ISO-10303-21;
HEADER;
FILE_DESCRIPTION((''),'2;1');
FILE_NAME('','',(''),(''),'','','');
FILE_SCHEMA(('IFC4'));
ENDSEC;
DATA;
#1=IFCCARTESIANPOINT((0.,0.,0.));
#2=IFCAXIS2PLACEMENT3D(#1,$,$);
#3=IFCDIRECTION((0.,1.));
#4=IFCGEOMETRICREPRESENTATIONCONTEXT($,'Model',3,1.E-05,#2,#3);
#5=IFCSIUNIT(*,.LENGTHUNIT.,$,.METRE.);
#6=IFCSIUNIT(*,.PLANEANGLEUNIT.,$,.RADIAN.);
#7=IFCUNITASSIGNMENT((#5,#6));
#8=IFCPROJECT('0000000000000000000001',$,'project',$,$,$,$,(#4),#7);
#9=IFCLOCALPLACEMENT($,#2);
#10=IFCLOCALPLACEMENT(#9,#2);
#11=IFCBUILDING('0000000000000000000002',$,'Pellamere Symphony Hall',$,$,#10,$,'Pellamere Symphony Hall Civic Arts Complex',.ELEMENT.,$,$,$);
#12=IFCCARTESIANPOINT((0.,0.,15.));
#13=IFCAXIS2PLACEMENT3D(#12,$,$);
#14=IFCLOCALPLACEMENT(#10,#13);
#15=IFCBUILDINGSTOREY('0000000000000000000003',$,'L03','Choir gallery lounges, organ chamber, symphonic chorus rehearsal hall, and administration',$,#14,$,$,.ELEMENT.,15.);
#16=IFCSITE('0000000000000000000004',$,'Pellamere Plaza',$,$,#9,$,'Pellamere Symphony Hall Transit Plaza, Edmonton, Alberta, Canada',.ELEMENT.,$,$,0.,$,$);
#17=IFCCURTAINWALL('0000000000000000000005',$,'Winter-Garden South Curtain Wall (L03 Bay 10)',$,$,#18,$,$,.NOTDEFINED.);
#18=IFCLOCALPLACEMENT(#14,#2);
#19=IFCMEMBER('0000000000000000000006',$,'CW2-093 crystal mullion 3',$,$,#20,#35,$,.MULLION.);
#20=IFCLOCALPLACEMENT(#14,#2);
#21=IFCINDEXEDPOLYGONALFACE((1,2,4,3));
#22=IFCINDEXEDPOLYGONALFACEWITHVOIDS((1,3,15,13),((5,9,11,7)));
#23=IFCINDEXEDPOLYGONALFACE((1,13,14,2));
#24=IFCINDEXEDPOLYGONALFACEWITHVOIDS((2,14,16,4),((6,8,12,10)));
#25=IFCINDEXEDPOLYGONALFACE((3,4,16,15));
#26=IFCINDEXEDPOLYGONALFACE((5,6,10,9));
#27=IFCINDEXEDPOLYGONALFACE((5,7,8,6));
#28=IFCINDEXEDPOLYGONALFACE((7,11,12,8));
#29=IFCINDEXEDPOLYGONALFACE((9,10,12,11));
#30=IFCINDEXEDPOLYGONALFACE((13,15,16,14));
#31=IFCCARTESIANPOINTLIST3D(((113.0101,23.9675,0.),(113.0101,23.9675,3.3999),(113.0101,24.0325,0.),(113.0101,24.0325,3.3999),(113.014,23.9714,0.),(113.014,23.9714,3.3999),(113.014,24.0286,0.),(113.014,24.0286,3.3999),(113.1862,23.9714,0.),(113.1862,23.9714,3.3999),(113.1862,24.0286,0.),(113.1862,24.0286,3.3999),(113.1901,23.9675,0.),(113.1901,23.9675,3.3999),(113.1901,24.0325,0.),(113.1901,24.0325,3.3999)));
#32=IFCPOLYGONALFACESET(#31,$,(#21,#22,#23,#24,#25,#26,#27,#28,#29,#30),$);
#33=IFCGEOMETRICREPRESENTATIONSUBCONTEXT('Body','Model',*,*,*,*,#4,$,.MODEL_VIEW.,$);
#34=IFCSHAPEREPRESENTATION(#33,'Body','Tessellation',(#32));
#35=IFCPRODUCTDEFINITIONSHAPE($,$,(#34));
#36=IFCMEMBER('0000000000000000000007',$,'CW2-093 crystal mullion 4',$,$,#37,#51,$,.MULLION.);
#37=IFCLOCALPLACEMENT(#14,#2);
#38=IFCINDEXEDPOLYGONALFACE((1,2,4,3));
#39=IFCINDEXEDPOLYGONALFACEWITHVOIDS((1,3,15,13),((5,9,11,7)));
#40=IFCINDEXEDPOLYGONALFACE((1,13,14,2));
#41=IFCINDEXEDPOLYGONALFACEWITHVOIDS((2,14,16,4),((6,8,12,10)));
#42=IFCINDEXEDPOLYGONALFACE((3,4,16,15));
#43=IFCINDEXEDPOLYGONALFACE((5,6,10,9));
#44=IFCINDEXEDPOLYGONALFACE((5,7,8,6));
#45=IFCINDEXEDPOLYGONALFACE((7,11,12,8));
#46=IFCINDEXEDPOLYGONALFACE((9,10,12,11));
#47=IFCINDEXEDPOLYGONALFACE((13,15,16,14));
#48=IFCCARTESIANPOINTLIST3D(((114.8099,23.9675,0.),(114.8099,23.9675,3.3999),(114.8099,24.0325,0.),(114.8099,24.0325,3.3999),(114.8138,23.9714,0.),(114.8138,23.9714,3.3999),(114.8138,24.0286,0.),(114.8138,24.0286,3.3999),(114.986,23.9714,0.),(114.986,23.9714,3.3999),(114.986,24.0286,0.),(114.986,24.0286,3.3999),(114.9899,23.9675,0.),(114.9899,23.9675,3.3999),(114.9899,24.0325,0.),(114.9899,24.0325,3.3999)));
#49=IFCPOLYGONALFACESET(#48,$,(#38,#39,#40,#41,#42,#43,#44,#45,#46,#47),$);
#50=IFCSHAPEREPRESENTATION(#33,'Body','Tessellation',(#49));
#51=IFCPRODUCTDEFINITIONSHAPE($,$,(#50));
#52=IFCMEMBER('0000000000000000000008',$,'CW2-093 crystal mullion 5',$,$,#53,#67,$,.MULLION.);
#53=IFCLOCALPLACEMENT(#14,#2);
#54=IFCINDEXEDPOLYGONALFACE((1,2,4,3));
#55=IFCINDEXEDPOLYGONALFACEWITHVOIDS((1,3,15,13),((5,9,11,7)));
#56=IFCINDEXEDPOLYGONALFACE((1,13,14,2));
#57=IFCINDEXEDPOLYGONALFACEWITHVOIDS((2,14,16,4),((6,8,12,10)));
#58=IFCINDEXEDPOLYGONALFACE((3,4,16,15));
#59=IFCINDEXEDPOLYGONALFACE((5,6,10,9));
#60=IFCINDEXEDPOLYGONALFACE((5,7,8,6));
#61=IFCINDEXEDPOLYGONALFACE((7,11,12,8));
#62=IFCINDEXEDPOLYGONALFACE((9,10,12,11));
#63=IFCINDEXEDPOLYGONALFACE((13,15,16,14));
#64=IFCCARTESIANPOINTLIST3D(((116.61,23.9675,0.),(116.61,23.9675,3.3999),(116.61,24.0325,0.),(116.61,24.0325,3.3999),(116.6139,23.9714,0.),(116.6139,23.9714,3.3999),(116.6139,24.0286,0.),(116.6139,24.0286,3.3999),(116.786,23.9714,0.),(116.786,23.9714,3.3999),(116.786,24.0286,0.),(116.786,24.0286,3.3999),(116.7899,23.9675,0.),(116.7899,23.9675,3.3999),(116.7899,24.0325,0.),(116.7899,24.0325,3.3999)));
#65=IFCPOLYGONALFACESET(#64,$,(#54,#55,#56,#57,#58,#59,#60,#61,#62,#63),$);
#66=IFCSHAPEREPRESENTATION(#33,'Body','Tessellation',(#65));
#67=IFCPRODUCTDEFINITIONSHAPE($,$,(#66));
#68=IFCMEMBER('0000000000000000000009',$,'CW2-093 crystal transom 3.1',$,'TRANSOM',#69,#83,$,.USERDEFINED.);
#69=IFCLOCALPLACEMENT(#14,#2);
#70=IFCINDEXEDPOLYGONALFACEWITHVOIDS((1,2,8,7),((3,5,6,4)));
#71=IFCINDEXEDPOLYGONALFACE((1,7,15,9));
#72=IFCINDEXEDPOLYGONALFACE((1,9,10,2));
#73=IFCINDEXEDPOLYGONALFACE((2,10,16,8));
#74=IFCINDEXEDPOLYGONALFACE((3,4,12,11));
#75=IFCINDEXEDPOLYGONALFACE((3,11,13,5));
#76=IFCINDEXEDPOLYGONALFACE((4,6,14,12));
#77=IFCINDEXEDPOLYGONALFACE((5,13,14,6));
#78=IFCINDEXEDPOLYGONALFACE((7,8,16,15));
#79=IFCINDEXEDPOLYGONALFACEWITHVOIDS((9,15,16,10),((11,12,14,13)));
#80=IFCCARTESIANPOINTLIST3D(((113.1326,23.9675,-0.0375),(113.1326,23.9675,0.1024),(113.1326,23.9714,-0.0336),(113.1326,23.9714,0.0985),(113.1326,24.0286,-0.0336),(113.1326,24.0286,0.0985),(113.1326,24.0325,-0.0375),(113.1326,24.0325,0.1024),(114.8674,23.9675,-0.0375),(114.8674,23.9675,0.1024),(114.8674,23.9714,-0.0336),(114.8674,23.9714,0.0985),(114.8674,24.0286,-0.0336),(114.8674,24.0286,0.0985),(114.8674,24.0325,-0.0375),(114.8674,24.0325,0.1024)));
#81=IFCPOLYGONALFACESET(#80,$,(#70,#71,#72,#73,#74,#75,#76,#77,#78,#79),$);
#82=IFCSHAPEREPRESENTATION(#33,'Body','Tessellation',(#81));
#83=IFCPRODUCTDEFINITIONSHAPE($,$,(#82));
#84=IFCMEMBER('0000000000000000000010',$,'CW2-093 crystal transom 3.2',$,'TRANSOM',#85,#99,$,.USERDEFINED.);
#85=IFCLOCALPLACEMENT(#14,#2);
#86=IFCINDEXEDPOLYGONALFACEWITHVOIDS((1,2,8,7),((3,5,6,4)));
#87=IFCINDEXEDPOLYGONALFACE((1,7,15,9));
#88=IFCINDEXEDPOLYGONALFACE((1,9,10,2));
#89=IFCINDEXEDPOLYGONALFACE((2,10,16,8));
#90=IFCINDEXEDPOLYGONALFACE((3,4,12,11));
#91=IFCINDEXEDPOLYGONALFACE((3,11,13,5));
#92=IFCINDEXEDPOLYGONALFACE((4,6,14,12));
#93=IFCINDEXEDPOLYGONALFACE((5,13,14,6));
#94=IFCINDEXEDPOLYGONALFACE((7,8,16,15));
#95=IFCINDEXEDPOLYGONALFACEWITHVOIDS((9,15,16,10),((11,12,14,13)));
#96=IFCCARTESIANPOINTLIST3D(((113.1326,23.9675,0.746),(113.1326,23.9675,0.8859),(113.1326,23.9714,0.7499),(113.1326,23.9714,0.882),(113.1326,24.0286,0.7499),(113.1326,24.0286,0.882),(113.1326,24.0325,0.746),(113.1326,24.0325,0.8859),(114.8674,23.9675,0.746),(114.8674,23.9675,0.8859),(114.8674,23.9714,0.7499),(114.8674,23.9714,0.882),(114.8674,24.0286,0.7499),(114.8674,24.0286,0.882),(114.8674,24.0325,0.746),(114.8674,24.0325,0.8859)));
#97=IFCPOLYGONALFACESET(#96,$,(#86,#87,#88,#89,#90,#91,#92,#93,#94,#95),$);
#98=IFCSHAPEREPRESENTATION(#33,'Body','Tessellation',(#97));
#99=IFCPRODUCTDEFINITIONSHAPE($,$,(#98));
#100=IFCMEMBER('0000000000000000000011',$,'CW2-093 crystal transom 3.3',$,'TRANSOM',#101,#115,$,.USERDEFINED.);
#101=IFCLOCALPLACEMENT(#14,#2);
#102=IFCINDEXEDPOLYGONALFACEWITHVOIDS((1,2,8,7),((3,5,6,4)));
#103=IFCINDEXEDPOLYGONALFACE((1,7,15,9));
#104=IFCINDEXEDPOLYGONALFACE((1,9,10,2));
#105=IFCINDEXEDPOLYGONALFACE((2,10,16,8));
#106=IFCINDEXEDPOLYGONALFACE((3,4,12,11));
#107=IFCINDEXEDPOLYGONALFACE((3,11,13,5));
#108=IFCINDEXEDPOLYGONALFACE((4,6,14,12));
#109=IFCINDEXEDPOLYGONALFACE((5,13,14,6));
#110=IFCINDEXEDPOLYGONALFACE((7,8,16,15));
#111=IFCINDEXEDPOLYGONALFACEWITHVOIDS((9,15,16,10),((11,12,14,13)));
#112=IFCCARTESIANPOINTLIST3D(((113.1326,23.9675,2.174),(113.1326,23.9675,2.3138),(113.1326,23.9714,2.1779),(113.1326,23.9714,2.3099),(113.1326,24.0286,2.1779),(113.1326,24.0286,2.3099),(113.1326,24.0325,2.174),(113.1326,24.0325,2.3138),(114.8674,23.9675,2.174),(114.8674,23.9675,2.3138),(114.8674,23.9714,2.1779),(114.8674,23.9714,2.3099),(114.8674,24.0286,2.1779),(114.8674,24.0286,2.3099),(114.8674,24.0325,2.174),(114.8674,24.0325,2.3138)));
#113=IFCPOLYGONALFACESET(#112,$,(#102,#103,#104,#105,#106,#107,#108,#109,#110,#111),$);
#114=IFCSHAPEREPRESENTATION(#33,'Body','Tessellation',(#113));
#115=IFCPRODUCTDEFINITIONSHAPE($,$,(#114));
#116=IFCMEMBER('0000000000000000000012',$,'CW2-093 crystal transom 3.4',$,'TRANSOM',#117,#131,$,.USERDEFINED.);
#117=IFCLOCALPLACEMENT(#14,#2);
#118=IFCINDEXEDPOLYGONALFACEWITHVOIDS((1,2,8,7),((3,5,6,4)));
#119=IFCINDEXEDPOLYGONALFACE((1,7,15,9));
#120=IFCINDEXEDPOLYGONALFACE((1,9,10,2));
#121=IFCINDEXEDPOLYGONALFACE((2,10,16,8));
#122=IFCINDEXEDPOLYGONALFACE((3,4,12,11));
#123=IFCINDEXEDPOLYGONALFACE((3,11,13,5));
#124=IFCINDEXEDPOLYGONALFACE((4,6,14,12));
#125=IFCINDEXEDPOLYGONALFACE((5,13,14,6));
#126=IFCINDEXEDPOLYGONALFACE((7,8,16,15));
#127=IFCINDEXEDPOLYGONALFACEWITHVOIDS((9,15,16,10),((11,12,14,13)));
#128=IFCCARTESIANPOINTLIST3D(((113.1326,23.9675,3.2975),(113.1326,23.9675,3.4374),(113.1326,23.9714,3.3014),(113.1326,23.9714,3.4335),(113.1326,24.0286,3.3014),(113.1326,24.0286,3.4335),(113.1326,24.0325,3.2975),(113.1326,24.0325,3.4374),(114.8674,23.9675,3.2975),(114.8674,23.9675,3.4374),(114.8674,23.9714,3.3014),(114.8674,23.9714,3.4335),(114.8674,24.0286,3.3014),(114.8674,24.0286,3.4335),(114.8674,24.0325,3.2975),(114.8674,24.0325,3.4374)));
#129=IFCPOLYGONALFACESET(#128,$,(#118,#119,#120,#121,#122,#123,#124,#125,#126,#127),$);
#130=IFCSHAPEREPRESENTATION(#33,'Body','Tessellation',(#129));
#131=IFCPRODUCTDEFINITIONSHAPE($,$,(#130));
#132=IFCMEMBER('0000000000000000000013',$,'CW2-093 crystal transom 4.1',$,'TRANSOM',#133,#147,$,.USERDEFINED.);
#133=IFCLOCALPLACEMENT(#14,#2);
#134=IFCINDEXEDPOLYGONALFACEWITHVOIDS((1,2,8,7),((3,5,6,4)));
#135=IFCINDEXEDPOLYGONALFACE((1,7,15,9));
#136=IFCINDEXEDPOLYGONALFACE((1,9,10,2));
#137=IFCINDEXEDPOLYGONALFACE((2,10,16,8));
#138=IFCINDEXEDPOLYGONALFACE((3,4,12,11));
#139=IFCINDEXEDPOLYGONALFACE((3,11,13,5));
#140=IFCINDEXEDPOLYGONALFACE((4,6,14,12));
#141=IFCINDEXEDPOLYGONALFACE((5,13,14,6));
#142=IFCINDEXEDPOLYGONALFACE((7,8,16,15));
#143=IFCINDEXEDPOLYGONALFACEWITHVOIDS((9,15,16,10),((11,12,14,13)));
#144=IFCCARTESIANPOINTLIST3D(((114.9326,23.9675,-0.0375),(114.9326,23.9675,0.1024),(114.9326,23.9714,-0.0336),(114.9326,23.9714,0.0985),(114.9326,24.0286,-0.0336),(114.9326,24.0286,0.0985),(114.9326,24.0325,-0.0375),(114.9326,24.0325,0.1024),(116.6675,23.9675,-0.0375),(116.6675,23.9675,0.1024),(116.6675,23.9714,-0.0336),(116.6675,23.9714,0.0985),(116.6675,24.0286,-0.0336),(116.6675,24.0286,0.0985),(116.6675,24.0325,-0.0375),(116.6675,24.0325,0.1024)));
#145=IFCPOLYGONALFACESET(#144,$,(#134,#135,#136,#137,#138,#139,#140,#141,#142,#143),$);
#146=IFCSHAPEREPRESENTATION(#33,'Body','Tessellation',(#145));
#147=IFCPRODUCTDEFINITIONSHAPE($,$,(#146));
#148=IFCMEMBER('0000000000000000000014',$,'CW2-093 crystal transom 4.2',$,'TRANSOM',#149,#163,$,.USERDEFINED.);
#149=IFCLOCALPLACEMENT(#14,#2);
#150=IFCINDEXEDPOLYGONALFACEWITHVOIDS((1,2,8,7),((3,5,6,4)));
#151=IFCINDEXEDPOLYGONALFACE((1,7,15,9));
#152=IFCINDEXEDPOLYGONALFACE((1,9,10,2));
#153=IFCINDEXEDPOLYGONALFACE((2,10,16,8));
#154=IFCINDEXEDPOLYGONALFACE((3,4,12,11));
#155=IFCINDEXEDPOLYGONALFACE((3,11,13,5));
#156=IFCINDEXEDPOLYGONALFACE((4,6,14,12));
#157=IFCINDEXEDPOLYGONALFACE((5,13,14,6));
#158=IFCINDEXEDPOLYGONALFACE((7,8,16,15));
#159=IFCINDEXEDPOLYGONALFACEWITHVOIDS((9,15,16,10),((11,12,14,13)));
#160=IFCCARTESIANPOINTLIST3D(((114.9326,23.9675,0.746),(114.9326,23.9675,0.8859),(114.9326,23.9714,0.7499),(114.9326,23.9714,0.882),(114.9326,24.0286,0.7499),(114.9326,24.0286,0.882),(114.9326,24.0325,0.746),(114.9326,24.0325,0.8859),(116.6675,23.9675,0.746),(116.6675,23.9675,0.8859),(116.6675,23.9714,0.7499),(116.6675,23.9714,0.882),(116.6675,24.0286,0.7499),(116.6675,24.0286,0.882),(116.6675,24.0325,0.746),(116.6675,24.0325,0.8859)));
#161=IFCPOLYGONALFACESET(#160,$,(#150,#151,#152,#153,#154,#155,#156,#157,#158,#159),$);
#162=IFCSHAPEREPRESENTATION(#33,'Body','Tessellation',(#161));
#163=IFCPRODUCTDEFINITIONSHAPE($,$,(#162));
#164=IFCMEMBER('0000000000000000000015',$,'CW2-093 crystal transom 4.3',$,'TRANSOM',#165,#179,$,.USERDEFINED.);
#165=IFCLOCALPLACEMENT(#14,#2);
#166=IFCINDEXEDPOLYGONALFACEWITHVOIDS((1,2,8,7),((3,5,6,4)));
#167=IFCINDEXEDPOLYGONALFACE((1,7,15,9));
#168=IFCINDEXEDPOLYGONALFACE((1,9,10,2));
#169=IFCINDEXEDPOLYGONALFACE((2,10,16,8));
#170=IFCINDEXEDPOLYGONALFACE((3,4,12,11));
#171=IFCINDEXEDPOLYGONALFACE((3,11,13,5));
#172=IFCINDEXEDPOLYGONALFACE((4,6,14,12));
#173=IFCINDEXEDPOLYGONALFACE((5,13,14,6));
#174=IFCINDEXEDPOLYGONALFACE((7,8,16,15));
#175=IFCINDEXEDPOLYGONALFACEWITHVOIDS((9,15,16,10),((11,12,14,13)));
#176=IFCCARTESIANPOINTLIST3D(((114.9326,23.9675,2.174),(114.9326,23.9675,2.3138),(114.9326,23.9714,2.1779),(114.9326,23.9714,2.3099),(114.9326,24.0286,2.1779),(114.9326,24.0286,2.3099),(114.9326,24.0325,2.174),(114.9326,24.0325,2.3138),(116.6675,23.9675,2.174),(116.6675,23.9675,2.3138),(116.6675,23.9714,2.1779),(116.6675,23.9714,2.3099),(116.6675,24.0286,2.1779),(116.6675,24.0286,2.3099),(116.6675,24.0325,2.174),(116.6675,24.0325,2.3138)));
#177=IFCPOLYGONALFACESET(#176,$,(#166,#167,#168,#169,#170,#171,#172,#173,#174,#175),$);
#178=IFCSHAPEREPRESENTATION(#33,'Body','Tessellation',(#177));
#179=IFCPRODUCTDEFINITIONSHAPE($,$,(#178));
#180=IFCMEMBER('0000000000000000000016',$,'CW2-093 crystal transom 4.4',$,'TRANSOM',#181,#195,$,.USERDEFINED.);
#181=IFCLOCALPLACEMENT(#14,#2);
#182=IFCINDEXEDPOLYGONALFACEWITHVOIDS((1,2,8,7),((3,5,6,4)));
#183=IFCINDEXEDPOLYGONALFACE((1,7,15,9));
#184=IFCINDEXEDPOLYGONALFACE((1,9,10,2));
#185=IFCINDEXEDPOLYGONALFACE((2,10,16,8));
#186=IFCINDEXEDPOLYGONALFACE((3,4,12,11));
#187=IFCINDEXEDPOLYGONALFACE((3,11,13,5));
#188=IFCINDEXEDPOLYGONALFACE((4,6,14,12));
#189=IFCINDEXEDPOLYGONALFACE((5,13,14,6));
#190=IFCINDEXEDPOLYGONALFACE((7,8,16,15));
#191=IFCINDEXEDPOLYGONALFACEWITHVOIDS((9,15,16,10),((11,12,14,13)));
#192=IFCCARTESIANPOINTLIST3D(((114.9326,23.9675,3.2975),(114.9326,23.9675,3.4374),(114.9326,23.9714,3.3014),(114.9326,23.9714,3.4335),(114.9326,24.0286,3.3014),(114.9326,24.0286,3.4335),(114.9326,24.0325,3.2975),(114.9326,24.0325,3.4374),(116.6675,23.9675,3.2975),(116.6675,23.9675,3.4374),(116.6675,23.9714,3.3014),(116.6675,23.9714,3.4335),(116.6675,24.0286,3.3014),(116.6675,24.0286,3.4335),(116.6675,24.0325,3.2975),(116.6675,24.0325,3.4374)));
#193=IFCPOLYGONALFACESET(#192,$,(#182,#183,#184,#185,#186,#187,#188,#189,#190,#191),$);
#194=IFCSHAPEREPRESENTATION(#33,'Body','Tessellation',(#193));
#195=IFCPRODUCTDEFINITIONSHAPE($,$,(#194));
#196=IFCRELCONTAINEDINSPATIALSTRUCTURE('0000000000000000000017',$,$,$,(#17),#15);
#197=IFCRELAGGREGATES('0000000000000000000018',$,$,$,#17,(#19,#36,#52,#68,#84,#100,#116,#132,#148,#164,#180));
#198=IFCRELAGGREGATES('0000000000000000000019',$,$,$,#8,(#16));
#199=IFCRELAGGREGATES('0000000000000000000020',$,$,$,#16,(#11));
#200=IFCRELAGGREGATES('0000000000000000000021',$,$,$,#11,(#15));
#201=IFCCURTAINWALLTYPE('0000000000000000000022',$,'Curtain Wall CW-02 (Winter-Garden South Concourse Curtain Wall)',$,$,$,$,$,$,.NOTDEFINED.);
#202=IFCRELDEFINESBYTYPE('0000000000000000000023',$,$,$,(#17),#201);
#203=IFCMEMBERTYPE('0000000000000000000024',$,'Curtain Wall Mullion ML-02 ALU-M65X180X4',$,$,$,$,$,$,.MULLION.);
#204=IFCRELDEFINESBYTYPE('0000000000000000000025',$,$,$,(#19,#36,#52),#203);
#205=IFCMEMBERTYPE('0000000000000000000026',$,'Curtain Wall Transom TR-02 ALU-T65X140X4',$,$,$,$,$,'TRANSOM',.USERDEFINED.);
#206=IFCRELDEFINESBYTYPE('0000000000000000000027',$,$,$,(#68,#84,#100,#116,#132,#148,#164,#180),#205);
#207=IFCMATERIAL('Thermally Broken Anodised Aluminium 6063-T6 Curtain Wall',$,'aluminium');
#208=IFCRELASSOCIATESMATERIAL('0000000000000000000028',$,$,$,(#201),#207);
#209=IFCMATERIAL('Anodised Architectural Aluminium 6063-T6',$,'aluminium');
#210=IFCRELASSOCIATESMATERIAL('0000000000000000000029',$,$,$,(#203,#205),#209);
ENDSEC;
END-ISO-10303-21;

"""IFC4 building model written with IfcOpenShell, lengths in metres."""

from ifc_helpers import new_model, si_unit, direction, frame, origin, origin_2d, place, context, subcontext, project, spatial, hollow_rectangle, extrude, material, material_profile, profile_set, type_object, element, aggregate, save


model = new_model("IFC4")

# Units and contexts
model_context = context("Model", 3, precision=1e-05, world=origin(), true_north=direction((0.0, 1.0)))
body_context = subcontext(model_context, "Body", "Model", "MODEL_VIEW")
ifc_project = project(units=[si_unit("LENGTHUNIT", "METRE"), si_unit("PLANEANGLEUNIT", "RADIAN")], contexts=[model_context])

# Site, building, storey
site_placement = place(None, origin())
site = spatial("IfcSite", under=ifc_project, at=site_placement, Name="Pellamere Plaza", LongName="Pellamere Symphony Hall Transit Plaza, Edmonton, Alberta, Canada", CompositionType="ELEMENT", RefElevation=0.0)
building_placement = place(site_placement, origin())
building = spatial("IfcBuilding", under=site, at=building_placement, Name="Pellamere Symphony Hall", LongName="Pellamere Symphony Hall Civic Arts Complex", CompositionType="ELEMENT")
storey_placement = place(building_placement, frame((0.0, 0.0, 15.0)))
storey = spatial("IfcBuildingStorey", under=building, at=storey_placement, Name="L03", Description="Choir gallery lounges, organ chamber, symphonic chorus rehearsal hall, and administration", CompositionType="ELEMENT", Elevation=15.0)

# Curtain wall, members
ifc_material_1 = material(Name="Thermally Broken Anodised Aluminium 6063-T6 Curtain Wall", Category="aluminium")
curtain_wall_type = type_object("IfcCurtainWallType", Name="Curtain Wall CW-02 (Winter-Garden South Concourse Curtain Wall)", PredefinedType="NOTDEFINED", material=ifc_material_1)
curtain_wall_placement = place(storey_placement, origin())
curtain_wall = element("IfcCurtainWall", 1, at=curtain_wall_placement, inside=storey, type_object=curtain_wall_type, Name="Winter-Garden South Curtain Wall (L03 Bay 10)", PredefinedType="NOTDEFINED")
ifc_material_2 = material(Name="Anodised Architectural Aluminium 6063-T6", Category="aluminium")
ifc_material_profile_1 = material_profile(ifc_material_2, hollow_rectangle(XDim=0.0649, YDim=0.1799, WallThickness=0.0039, at=origin_2d()), Name="ALU-M65X180X4")
ifc_profile_set_1 = profile_set([ifc_material_profile_1], Name="Anodised Architectural Aluminium 6063-T6")
member_type_1 = type_object("IfcMemberType", Name="Curtain Wall Mullion ML-02 ALU-M65X180X4", PredefinedType="MULLION", material=ifc_profile_set_1)
member_1_placement = place(storey_placement, frame((113.1001, 24.0, 0.0), z_axis=(0.0, 0.0, 1.0), x_axis=(0.0, 1.0, 0.0)))
member_1 = element("IfcMember", 2, at=member_1_placement, type_object=member_type_1, Name="CW2-093 crystal mullion 3", PredefinedType="MULLION", context=body_context, shape_type="SweptSolid", body=[
    extrude(hollow_rectangle(XDim=0.0649, YDim=0.1799, WallThickness=0.0039, at=origin_2d()), origin(), (0.0, 0.0, 1.0), 3.3999),
])
member_2_placement = place(storey_placement, frame((114.8999, 24.0, 0.0), z_axis=(0.0, 0.0, 1.0), x_axis=(0.0, 1.0, 0.0)))
member_2 = element("IfcMember", 3, at=member_2_placement, type_object=member_type_1, Name="CW2-093 crystal mullion 4", PredefinedType="MULLION", context=body_context, shape_type="SweptSolid", body=[
    extrude(hollow_rectangle(XDim=0.0649, YDim=0.1799, WallThickness=0.0039, at=origin_2d()), origin(), (0.0, 0.0, 1.0), 3.3999),
])
member_3_placement = place(storey_placement, frame((116.7, 24.0, 0.0), z_axis=(0.0, 0.0, 1.0), x_axis=(0.0, 1.0, 0.0)))
member_3 = element("IfcMember", 4, at=member_3_placement, type_object=member_type_1, Name="CW2-093 crystal mullion 5", PredefinedType="MULLION", context=body_context, shape_type="SweptSolid", body=[
    extrude(hollow_rectangle(XDim=0.0649, YDim=0.1799, WallThickness=0.0039, at=origin_2d()), origin(), (0.0, 0.0, 1.0), 3.3999),
])
ifc_material_profile_2 = material_profile(ifc_material_2, hollow_rectangle(XDim=0.0649, YDim=0.1399, WallThickness=0.0039, at=origin_2d()), Name="ALU-T65X140X4")
ifc_profile_set_2 = profile_set([ifc_material_profile_2], Name="Anodised Architectural Aluminium 6063-T6")
member_type_2 = type_object("IfcMemberType", Name="Curtain Wall Transom TR-02 ALU-T65X140X4", ElementType="TRANSOM", PredefinedType="USERDEFINED", material=ifc_profile_set_2)
member_4_placement = place(storey_placement, frame((113.1326, 24.0, 0.0325), z_axis=(1.0, 0.0, 0.0), x_axis=(0.0, 1.0, 0.0)))
member_4 = element("IfcMember", 5, at=member_4_placement, type_object=member_type_2, Name="CW2-093 crystal transom 3.1", ObjectType="TRANSOM", PredefinedType="USERDEFINED", context=body_context, shape_type="SweptSolid", body=[
    extrude(hollow_rectangle(XDim=0.0649, YDim=0.1399, WallThickness=0.0039, at=origin_2d()), origin(), (0.0, 0.0, 1.0), 1.7349),
])
member_5_placement = place(storey_placement, frame((113.1326, 24.0, 0.8159), z_axis=(1.0, 0.0, 0.0), x_axis=(0.0, 1.0, 0.0)))
member_5 = element("IfcMember", 6, at=member_5_placement, type_object=member_type_2, Name="CW2-093 crystal transom 3.2", ObjectType="TRANSOM", PredefinedType="USERDEFINED", context=body_context, shape_type="SweptSolid", body=[
    extrude(hollow_rectangle(XDim=0.0649, YDim=0.1399, WallThickness=0.0039, at=origin_2d()), origin(), (0.0, 0.0, 1.0), 1.7349),
])
member_6_placement = place(storey_placement, frame((113.1326, 24.0, 2.2439), z_axis=(1.0, 0.0, 0.0), x_axis=(0.0, 1.0, 0.0)))
member_6 = element("IfcMember", 7, at=member_6_placement, type_object=member_type_2, Name="CW2-093 crystal transom 3.3", ObjectType="TRANSOM", PredefinedType="USERDEFINED", context=body_context, shape_type="SweptSolid", body=[
    extrude(hollow_rectangle(XDim=0.0649, YDim=0.1399, WallThickness=0.0039, at=origin_2d()), origin(), (0.0, 0.0, 1.0), 1.7349),
])
member_7_placement = place(storey_placement, frame((113.1326, 24.0, 3.3674), z_axis=(1.0, 0.0, 0.0), x_axis=(0.0, 1.0, 0.0)))
member_7 = element("IfcMember", 8, at=member_7_placement, type_object=member_type_2, Name="CW2-093 crystal transom 3.4", ObjectType="TRANSOM", PredefinedType="USERDEFINED", context=body_context, shape_type="SweptSolid", body=[
    extrude(hollow_rectangle(XDim=0.0649, YDim=0.1399, WallThickness=0.0039, at=origin_2d()), origin(), (0.0, 0.0, 1.0), 1.7349),
])
member_8_placement = place(storey_placement, frame((114.9326, 24.0, 0.0325), z_axis=(1.0, 0.0, 0.0), x_axis=(0.0, 1.0, 0.0)))
member_8 = element("IfcMember", 9, at=member_8_placement, type_object=member_type_2, Name="CW2-093 crystal transom 4.1", ObjectType="TRANSOM", PredefinedType="USERDEFINED", context=body_context, shape_type="SweptSolid", body=[
    extrude(hollow_rectangle(XDim=0.0649, YDim=0.1399, WallThickness=0.0039, at=origin_2d()), origin(), (0.0, 0.0, 1.0), 1.7349),
])
member_9_placement = place(storey_placement, frame((114.9326, 24.0, 0.8159), z_axis=(1.0, 0.0, 0.0), x_axis=(0.0, 1.0, 0.0)))
member_9 = element("IfcMember", 10, at=member_9_placement, type_object=member_type_2, Name="CW2-093 crystal transom 4.2", ObjectType="TRANSOM", PredefinedType="USERDEFINED", context=body_context, shape_type="SweptSolid", body=[
    extrude(hollow_rectangle(XDim=0.0649, YDim=0.1399, WallThickness=0.0039, at=origin_2d()), origin(), (0.0, 0.0, 1.0), 1.7349),
])
member_10_placement = place(storey_placement, frame((114.9326, 24.0, 2.2439), z_axis=(1.0, 0.0, 0.0), x_axis=(0.0, 1.0, 0.0)))
member_10 = element("IfcMember", 11, at=member_10_placement, type_object=member_type_2, Name="CW2-093 crystal transom 4.3", ObjectType="TRANSOM", PredefinedType="USERDEFINED", context=body_context, shape_type="SweptSolid", body=[
    extrude(hollow_rectangle(XDim=0.0649, YDim=0.1399, WallThickness=0.0039, at=origin_2d()), origin(), (0.0, 0.0, 1.0), 1.7349),
])
member_11_placement = place(storey_placement, frame((114.9326, 24.0, 3.3674), z_axis=(1.0, 0.0, 0.0), x_axis=(0.0, 1.0, 0.0)))
member_11 = element("IfcMember", 12, at=member_11_placement, type_object=member_type_2, Name="CW2-093 crystal transom 4.4", ObjectType="TRANSOM", PredefinedType="USERDEFINED", context=body_context, shape_type="SweptSolid", body=[
    extrude(hollow_rectangle(XDim=0.0649, YDim=0.1399, WallThickness=0.0039, at=origin_2d()), origin(), (0.0, 0.0, 1.0), 1.7349),
])

aggregate(curtain_wall, [member_1, member_2, member_3, member_4, member_5, member_6, member_7, member_8, member_9, member_10, member_11])

save(model, "model.ifc")
